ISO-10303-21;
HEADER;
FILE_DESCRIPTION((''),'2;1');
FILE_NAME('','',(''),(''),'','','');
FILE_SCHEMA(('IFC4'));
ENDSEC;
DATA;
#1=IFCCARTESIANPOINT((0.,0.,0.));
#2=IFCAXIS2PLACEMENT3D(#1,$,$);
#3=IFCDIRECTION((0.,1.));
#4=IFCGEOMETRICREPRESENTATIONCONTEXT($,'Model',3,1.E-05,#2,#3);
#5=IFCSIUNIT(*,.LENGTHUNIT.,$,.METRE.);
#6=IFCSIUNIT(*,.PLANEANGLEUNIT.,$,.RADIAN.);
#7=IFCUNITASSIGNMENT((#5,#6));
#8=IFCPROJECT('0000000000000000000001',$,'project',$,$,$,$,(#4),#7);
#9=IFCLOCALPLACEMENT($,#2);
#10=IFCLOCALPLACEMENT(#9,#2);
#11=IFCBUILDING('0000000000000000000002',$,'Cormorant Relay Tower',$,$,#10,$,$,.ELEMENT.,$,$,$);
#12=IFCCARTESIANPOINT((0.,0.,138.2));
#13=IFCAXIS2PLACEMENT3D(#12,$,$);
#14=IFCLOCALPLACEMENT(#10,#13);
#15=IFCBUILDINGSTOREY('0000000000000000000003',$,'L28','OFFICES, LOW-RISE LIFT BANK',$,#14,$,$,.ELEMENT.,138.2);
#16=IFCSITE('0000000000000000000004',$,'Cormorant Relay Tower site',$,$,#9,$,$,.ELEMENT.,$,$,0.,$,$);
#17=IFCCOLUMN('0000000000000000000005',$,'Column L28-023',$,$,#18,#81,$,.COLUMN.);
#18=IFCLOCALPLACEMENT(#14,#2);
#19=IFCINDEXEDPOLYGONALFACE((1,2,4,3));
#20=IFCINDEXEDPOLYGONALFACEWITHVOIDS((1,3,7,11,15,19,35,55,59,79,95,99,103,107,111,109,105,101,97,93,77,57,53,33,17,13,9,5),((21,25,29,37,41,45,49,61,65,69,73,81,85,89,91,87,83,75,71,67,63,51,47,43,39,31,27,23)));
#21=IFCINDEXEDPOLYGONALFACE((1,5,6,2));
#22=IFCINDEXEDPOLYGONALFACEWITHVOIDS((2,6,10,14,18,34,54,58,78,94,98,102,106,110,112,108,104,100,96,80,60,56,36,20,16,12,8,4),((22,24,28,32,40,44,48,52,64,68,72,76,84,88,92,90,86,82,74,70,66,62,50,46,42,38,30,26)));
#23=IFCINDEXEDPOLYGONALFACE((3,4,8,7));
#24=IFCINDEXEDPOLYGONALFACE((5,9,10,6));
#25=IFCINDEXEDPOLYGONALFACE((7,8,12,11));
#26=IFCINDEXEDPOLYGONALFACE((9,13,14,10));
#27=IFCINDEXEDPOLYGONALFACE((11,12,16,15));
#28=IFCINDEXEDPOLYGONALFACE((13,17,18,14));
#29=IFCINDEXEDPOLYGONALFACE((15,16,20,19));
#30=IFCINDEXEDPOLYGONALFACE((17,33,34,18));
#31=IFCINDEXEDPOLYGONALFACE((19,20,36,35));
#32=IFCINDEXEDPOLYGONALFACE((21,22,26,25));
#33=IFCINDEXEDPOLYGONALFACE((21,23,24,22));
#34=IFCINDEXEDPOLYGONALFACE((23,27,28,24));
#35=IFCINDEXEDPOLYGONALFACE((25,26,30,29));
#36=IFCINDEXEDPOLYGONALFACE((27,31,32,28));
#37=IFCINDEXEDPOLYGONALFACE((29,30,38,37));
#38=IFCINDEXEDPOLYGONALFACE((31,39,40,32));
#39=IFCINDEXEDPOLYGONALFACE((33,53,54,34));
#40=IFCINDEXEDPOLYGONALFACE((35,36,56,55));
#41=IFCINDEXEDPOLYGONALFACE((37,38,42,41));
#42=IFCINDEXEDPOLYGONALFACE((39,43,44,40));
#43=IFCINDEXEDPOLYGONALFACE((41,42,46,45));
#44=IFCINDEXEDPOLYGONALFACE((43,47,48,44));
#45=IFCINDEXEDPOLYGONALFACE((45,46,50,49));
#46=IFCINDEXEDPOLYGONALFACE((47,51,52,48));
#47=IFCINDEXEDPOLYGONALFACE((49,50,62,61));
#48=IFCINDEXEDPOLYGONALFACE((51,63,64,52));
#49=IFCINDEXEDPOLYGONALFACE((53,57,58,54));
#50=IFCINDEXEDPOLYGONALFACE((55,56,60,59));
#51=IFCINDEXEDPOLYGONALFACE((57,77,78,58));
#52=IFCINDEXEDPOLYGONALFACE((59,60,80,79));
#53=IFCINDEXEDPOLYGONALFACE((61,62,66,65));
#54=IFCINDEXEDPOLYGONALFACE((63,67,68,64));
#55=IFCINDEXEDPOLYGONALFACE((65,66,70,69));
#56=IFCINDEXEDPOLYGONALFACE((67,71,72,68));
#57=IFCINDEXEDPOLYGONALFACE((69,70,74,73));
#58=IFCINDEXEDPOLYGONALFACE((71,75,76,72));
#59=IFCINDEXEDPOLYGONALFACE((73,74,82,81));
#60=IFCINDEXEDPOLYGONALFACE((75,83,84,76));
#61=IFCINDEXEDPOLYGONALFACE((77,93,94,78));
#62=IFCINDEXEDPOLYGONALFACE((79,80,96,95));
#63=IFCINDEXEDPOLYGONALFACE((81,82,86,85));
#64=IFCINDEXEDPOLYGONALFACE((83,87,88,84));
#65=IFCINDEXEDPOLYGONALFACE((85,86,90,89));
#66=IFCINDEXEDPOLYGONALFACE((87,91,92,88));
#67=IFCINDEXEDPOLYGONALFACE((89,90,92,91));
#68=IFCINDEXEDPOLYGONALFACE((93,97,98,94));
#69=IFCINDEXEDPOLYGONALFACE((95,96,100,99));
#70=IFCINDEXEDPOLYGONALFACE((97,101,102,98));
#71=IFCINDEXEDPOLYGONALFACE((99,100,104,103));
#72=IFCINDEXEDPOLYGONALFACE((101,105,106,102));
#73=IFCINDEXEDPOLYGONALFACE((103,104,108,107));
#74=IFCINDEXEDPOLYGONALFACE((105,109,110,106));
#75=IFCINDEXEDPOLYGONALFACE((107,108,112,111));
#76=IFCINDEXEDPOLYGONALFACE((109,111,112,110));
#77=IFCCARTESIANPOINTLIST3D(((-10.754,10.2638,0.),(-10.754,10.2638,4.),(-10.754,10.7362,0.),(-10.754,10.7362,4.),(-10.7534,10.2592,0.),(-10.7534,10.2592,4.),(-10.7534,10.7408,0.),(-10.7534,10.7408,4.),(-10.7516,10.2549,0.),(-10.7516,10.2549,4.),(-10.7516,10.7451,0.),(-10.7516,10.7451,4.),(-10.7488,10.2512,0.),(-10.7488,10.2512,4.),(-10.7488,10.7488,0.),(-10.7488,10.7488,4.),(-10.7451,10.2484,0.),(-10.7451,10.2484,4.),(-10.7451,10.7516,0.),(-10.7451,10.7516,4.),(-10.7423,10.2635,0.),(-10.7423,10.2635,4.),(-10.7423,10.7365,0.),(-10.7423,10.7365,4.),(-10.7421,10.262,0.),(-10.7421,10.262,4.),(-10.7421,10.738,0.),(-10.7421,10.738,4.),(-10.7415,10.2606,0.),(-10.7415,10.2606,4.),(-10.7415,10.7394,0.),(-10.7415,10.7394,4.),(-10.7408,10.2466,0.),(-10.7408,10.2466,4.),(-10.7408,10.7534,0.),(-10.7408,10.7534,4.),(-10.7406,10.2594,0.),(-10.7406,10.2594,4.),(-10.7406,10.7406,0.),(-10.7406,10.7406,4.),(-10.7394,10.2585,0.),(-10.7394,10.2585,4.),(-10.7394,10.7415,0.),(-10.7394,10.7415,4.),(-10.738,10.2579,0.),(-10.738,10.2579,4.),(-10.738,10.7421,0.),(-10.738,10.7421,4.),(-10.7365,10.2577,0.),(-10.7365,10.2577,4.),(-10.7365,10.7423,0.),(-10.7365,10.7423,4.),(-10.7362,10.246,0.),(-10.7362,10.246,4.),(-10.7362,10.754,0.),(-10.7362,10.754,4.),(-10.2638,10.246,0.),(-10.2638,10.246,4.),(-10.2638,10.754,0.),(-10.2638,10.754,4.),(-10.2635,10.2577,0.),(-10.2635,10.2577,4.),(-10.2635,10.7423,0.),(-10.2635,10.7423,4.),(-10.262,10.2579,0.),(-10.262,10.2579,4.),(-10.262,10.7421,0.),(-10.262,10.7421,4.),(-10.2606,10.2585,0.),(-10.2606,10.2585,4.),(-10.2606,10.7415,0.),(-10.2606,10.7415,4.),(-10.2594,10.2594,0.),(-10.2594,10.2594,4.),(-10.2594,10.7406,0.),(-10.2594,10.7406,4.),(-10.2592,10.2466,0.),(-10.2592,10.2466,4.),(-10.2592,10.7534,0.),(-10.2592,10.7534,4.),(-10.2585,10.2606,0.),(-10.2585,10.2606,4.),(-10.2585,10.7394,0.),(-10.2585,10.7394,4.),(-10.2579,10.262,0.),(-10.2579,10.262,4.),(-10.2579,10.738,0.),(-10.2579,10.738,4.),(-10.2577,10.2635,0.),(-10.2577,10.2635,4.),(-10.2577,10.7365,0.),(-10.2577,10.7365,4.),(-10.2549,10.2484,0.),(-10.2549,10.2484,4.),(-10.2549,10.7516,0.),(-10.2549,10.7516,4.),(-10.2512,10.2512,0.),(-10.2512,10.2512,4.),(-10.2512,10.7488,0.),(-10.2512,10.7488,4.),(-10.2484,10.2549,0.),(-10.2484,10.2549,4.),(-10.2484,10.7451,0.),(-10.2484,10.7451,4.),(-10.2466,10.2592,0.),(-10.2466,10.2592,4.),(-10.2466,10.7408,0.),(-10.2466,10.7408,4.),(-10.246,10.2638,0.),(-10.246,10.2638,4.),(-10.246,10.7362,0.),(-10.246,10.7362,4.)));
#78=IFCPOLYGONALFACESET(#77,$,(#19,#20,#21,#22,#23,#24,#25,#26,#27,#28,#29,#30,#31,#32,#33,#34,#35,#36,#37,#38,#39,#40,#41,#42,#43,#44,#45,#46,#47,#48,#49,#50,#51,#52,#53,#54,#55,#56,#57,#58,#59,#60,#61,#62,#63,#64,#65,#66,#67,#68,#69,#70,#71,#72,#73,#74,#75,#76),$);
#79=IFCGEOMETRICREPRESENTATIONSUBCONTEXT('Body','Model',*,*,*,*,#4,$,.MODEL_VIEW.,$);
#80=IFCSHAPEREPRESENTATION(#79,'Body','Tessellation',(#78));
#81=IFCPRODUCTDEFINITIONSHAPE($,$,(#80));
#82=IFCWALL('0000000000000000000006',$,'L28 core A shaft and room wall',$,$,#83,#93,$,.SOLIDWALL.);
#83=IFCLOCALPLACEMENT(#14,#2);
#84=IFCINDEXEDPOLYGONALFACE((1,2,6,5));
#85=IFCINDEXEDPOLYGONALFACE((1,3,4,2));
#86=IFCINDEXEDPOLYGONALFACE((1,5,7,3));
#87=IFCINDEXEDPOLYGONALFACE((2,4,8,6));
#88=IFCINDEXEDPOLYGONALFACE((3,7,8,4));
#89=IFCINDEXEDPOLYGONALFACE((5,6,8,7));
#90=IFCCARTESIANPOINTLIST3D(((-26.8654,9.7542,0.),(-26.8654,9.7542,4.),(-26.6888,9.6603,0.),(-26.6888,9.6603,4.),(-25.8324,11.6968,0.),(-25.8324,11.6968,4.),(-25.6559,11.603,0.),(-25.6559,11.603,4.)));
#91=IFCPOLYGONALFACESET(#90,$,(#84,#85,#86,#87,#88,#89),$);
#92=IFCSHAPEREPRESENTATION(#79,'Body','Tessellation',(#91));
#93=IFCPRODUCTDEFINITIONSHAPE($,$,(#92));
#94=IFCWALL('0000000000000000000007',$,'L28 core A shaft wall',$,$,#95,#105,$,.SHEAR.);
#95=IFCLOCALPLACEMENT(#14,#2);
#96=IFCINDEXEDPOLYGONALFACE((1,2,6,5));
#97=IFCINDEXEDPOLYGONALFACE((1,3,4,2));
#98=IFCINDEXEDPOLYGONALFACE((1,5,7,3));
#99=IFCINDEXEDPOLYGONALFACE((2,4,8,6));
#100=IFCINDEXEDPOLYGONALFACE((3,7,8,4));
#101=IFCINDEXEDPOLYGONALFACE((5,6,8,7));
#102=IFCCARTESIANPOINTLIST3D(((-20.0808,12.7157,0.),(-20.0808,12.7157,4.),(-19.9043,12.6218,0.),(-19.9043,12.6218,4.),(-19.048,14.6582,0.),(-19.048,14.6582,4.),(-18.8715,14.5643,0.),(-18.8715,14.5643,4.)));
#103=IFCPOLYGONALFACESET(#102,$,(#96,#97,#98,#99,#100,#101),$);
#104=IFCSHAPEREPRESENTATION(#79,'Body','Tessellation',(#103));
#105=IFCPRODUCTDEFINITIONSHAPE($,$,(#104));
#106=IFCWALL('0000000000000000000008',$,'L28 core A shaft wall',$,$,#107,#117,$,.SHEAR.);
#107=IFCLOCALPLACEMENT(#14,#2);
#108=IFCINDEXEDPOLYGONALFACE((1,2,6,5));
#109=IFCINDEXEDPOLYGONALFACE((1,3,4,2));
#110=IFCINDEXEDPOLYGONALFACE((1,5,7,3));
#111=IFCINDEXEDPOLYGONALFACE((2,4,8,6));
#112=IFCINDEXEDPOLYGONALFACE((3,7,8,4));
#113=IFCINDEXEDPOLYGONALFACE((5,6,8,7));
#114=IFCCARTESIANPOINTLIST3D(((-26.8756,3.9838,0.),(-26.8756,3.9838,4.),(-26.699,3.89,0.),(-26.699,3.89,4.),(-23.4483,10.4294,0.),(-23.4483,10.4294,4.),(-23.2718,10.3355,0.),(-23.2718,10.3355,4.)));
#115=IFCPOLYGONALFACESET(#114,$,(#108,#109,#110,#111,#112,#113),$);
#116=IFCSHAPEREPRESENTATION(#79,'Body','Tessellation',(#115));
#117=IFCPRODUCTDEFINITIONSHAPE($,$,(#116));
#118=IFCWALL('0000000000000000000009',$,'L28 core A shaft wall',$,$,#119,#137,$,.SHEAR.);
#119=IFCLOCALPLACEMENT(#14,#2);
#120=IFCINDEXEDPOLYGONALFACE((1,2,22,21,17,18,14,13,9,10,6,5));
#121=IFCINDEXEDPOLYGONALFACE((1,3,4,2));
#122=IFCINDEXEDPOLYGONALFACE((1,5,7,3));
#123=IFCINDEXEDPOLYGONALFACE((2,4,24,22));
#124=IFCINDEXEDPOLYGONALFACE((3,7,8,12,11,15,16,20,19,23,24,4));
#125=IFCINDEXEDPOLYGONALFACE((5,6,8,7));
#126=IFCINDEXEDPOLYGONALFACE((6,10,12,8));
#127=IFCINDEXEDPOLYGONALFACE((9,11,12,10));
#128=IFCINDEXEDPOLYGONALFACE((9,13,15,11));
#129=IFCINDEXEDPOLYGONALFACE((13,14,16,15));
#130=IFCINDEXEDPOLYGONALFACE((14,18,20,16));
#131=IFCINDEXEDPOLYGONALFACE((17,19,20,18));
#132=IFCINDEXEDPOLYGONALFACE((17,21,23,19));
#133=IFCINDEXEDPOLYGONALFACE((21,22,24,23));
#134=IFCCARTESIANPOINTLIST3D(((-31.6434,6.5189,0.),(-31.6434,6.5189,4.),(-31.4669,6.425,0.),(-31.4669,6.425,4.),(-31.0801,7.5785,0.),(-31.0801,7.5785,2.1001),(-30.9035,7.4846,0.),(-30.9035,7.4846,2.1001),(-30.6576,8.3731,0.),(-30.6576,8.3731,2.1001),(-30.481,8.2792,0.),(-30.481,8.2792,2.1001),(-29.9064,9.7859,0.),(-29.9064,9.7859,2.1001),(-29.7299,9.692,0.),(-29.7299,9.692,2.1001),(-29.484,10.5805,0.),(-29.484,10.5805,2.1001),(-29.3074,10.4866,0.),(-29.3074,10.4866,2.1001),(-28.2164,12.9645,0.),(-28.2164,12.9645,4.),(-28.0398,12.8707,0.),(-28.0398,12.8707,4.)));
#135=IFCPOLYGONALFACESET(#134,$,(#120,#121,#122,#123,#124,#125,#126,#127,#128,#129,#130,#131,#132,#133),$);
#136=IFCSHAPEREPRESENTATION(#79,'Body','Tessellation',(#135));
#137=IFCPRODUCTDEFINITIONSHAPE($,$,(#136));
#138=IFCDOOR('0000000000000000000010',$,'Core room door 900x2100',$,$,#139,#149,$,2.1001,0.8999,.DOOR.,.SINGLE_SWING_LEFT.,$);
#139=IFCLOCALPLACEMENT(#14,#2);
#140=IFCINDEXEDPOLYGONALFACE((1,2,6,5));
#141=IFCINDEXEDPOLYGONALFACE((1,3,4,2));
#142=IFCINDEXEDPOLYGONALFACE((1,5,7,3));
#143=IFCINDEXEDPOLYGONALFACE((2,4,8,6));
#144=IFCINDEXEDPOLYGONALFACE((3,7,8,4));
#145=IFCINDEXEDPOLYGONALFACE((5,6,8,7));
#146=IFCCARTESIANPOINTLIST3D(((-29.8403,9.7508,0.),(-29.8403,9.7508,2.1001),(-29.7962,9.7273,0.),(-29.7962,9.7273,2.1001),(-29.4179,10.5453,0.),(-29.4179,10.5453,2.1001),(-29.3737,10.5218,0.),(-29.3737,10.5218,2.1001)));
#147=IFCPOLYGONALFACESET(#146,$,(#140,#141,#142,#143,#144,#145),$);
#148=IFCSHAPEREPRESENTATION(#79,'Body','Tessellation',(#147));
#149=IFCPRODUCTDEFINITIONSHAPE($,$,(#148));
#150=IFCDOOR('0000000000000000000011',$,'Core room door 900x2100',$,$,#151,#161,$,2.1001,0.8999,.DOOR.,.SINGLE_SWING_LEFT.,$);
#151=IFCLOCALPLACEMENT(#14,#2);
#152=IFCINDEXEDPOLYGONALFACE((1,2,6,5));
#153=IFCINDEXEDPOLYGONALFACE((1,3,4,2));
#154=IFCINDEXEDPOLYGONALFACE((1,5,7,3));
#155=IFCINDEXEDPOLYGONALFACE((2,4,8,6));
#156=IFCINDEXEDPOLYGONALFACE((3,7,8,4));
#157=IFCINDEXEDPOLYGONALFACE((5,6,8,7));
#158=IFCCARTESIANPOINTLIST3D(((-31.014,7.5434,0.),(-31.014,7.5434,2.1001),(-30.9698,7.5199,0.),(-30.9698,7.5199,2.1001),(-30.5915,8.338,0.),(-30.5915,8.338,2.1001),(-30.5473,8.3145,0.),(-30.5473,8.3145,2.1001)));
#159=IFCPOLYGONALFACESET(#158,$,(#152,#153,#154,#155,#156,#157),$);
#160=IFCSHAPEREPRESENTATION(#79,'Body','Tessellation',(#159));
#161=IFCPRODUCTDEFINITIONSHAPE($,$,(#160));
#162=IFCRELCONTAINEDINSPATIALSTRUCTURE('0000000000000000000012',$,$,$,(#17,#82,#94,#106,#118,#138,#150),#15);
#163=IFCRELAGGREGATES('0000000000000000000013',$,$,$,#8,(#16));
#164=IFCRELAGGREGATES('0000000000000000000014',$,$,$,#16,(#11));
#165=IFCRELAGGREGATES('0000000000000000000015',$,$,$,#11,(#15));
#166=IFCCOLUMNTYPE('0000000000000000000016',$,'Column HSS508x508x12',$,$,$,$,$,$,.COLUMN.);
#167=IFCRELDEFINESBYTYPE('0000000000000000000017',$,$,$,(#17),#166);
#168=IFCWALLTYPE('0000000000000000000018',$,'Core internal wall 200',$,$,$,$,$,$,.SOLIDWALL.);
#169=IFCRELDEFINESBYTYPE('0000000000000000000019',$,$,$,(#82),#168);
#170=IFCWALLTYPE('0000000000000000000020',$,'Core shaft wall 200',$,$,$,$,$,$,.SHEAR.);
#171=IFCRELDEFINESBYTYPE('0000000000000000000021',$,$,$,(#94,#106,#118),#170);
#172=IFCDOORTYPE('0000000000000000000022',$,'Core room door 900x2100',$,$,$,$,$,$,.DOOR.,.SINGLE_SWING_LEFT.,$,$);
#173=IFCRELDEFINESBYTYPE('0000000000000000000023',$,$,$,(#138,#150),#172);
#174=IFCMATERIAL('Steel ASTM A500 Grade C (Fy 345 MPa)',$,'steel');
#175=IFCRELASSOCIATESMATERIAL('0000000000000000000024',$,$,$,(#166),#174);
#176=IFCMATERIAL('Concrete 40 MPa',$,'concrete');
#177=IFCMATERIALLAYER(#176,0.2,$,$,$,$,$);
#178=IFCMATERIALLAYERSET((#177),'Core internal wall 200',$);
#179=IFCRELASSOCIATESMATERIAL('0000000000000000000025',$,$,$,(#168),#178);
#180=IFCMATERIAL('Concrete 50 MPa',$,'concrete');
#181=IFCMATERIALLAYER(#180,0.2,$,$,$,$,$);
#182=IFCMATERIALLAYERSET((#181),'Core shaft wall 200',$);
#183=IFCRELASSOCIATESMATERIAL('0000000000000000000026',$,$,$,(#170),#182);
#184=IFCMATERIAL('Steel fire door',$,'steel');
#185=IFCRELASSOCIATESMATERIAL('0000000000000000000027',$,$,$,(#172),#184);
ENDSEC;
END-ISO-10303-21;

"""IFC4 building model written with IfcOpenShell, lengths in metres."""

from ifc_helpers import new_model, si_unit, direction, frame, frame_2d, origin, origin_2d, place, context, subcontext, project, spatial, rectangle, hollow_rectangle, extrude, material, layer, layer_set, material_profile, profile_set, type_object, element, fill, save


model = new_model("IFC4")

# Units and contexts
model_context = context("Model", 3, precision=1e-05, world=origin(), true_north=direction((0.0, 1.0)))
body_context = subcontext(model_context, "Body", "Model", "MODEL_VIEW")
ifc_project = project(units=[si_unit("LENGTHUNIT", "METRE"), si_unit("PLANEANGLEUNIT", "RADIAN")], contexts=[model_context])

# Site, building, storey
site_placement = place(None, origin())
site = spatial("IfcSite", under=ifc_project, at=site_placement, Name="Cormorant Relay Tower site", CompositionType="ELEMENT", RefElevation=0.0)
building_placement = place(site_placement, origin())
building = spatial("IfcBuilding", under=site, at=building_placement, Name="Cormorant Relay Tower", CompositionType="ELEMENT")
storey_placement = place(building_placement, frame((0.0, 0.0, 138.2)))
storey = spatial("IfcBuildingStorey", under=building, at=storey_placement, Name="L28", Description="OFFICES, LOW-RISE LIFT BANK", CompositionType="ELEMENT", Elevation=138.2)

# Column
ifc_material_1 = material(Name="Steel ASTM A500 Grade C (Fy 345 MPa)", Category="steel")
ifc_material_profile = material_profile(ifc_material_1, hollow_rectangle(XDim=0.5081, YDim=0.5081, WallThickness=0.0117, InnerFilletRadius=0.0059, OuterFilletRadius=0.0178, at=origin_2d()), Name="HSS508x508x12")
ifc_profile_set = profile_set([ifc_material_profile], Name="Steel ASTM A500 Grade C (Fy 345 MPa)")
column_type = type_object("IfcColumnType", Name="Column HSS508x508x12", PredefinedType="COLUMN", material=ifc_profile_set)
column_placement = place(storey_placement, frame((-10.5, 10.5, 0.0), z_axis=(0.0, 0.0, 1.0), x_axis=(1.0, 0.0, 0.0)))
element("IfcColumn", 1, at=column_placement, inside=storey, type_object=column_type, Name="Column L28-023", PredefinedType="COLUMN", context=body_context, shape_type="SweptSolid", body=[
    extrude(hollow_rectangle(XDim=0.5081, YDim=0.5081, WallThickness=0.0117, InnerFilletRadius=0.0059, OuterFilletRadius=0.0178, at=origin_2d()), origin(), (0.0, 0.0, 1.0), 4.0),
])

# Walls
ifc_material_2 = material(Name="Concrete 40 MPa", Category="concrete")
ifc_layer_1 = layer(ifc_material_2, 0.2)
ifc_layer_set_1 = layer_set([ifc_layer_1], Name="Core internal wall 200")
wall_type_1 = type_object("IfcWallType", Name="Core internal wall 200", PredefinedType="SOLIDWALL", material=ifc_layer_set_1)
wall_1_placement = place(storey_placement, frame((-25.7441, 11.6499, 0.0), z_axis=(0.0, 0.0, 1.0), x_axis=(-0.469488, -0.882939, 0.0)))
element("IfcWall", 2, at=wall_1_placement, inside=storey, type_object=wall_type_1, Name="L28 core A shaft and room wall", PredefinedType="SOLIDWALL", context=body_context, shape_type="SweptSolid", body=[
    extrude(rectangle(XDim=2.2002, YDim=0.2, at=frame_2d((1.1001, 0.0))), origin(), (0.0, 0.0, 1.0), 4.0),
])
ifc_material_3 = material(Name="Concrete 50 MPa", Category="concrete")
ifc_layer_2 = layer(ifc_material_3, 0.2)
ifc_layer_set_2 = layer_set([ifc_layer_2], Name="Core shaft wall 200")
wall_type_2 = type_object("IfcWallType", Name="Core shaft wall 200", PredefinedType="SHEAR", material=ifc_layer_set_2)
wall_2_placement = place(storey_placement, frame((-18.9597, 14.6113, 0.0), z_axis=(0.0, 0.0, 1.0), x_axis=(-0.469447, -0.88296, 0.0)))
element("IfcWall", 3, at=wall_2_placement, inside=storey, type_object=wall_type_2, Name="L28 core A shaft wall", PredefinedType="SHEAR", context=body_context, shape_type="SweptSolid", body=[
    extrude(rectangle(XDim=2.2, YDim=0.2, at=frame_2d((1.1001, 0.0))), origin(), (0.0, 0.0, 1.0), 4.0),
])
wall_3_placement = place(storey_placement, frame((-23.3601, 10.3823, 0.0), z_axis=(0.0, 0.0, 1.0), x_axis=(-0.46948, -0.882943, 0.0)))
element("IfcWall", 4, at=wall_3_placement, inside=storey, type_object=wall_type_2, Name="L28 core A shaft wall", PredefinedType="SHEAR", context=body_context, shape_type="SweptSolid", body=[
    extrude(rectangle(XDim=7.3, YDim=0.2, at=frame_2d((3.6499, 0.0))), origin(), (0.0, 0.0, 1.0), 4.0),
])

# Wall, openings, doors
wall_4_placement = place(storey_placement, frame((-28.1282, 12.9175, 0.0), z_axis=(0.0, 0.0, 1.0), x_axis=(-0.469454, -0.882957, 0.0)))
wall_4 = element("IfcWall", 5, at=wall_4_placement, inside=storey, type_object=wall_type_2, Name="L28 core A shaft wall", PredefinedType="SHEAR", context=body_context, shape_type="SweptSolid", body=[
    extrude(rectangle(XDim=7.3, YDim=0.2, at=frame_2d((3.6499, 0.0))), origin(), (0.0, 0.0, 1.0), 4.0),
])
opening_1_placement = place(wall_4_placement, frame((2.7, 0.0, 0.0)))
opening_1 = element("IfcOpeningElement", 6, at=opening_1_placement, cuts=wall_4, PredefinedType="OPENING", context=body_context, shape_type="SweptSolid", body=[
    extrude(rectangle(XDim=0.8999, YDim=2.1001, at=frame_2d((0.45, 1.05))), frame((0.0, 0.1099, 0.0), z_axis=(0.0, -1.0, 0.0), x_axis=(1.0, 0.0, 0.0)), (0.0, 0.0, 1.0), 0.22),
])
opening_2_placement = place(wall_4_placement, frame((5.2, 0.0, 0.0)))
opening_2 = element("IfcOpeningElement", 7, at=opening_2_placement, cuts=wall_4, PredefinedType="OPENING", context=body_context, shape_type="SweptSolid", body=[
    extrude(rectangle(XDim=0.8999, YDim=2.1001, at=frame_2d((0.45, 1.05))), frame((0.0, 0.1099, 0.0), z_axis=(0.0, -1.0, 0.0), x_axis=(1.0, 0.0, 0.0)), (0.0, 0.0, 1.0), 0.22),
])
ifc_material_4 = material(Name="Steel fire door", Category="steel")
door_type_1 = type_object("IfcDoorType", Name="Core room door 900x2100", OperationType="SINGLE_SWING_LEFT", PredefinedType="DOOR", material=ifc_material_4)
door_1_placement = place(opening_1_placement, origin())
door_1 = element("IfcDoor", 8, at=door_1_placement, inside=storey, type_object=door_type_1, Name="Core room door 900x2100", OperationType="SINGLE_SWING_LEFT", OverallHeight=2.1001, OverallWidth=0.8999, PredefinedType="DOOR", context=body_context, shape_type="SweptSolid", body=[
    extrude(rectangle(XDim=0.8999, YDim=2.1001, at=frame_2d((0.45, 1.05))), frame((0.0, 0.0249, 0.0), z_axis=(0.0, -1.0, 0.0), x_axis=(1.0, 0.0, 0.0)), (0.0, 0.0, 1.0), 0.05),
])
fill(opening_1, door_1)
door_2_placement = place(opening_2_placement, origin())
door_2 = element("IfcDoor", 9, at=door_2_placement, inside=storey, type_object=door_type_1, Name="Core room door 900x2100", OperationType="SINGLE_SWING_LEFT", OverallHeight=2.1001, OverallWidth=0.8999, PredefinedType="DOOR", context=body_context, shape_type="SweptSolid", body=[
    extrude(rectangle(XDim=0.8999, YDim=2.1001, at=frame_2d((0.45, 1.05))), frame((0.0, 0.0249, 0.0), z_axis=(0.0, -1.0, 0.0), x_axis=(1.0, 0.0, 0.0)), (0.0, 0.0, 1.0), 0.05),
])
fill(opening_2, door_2)

save(model, "model.ifc")
